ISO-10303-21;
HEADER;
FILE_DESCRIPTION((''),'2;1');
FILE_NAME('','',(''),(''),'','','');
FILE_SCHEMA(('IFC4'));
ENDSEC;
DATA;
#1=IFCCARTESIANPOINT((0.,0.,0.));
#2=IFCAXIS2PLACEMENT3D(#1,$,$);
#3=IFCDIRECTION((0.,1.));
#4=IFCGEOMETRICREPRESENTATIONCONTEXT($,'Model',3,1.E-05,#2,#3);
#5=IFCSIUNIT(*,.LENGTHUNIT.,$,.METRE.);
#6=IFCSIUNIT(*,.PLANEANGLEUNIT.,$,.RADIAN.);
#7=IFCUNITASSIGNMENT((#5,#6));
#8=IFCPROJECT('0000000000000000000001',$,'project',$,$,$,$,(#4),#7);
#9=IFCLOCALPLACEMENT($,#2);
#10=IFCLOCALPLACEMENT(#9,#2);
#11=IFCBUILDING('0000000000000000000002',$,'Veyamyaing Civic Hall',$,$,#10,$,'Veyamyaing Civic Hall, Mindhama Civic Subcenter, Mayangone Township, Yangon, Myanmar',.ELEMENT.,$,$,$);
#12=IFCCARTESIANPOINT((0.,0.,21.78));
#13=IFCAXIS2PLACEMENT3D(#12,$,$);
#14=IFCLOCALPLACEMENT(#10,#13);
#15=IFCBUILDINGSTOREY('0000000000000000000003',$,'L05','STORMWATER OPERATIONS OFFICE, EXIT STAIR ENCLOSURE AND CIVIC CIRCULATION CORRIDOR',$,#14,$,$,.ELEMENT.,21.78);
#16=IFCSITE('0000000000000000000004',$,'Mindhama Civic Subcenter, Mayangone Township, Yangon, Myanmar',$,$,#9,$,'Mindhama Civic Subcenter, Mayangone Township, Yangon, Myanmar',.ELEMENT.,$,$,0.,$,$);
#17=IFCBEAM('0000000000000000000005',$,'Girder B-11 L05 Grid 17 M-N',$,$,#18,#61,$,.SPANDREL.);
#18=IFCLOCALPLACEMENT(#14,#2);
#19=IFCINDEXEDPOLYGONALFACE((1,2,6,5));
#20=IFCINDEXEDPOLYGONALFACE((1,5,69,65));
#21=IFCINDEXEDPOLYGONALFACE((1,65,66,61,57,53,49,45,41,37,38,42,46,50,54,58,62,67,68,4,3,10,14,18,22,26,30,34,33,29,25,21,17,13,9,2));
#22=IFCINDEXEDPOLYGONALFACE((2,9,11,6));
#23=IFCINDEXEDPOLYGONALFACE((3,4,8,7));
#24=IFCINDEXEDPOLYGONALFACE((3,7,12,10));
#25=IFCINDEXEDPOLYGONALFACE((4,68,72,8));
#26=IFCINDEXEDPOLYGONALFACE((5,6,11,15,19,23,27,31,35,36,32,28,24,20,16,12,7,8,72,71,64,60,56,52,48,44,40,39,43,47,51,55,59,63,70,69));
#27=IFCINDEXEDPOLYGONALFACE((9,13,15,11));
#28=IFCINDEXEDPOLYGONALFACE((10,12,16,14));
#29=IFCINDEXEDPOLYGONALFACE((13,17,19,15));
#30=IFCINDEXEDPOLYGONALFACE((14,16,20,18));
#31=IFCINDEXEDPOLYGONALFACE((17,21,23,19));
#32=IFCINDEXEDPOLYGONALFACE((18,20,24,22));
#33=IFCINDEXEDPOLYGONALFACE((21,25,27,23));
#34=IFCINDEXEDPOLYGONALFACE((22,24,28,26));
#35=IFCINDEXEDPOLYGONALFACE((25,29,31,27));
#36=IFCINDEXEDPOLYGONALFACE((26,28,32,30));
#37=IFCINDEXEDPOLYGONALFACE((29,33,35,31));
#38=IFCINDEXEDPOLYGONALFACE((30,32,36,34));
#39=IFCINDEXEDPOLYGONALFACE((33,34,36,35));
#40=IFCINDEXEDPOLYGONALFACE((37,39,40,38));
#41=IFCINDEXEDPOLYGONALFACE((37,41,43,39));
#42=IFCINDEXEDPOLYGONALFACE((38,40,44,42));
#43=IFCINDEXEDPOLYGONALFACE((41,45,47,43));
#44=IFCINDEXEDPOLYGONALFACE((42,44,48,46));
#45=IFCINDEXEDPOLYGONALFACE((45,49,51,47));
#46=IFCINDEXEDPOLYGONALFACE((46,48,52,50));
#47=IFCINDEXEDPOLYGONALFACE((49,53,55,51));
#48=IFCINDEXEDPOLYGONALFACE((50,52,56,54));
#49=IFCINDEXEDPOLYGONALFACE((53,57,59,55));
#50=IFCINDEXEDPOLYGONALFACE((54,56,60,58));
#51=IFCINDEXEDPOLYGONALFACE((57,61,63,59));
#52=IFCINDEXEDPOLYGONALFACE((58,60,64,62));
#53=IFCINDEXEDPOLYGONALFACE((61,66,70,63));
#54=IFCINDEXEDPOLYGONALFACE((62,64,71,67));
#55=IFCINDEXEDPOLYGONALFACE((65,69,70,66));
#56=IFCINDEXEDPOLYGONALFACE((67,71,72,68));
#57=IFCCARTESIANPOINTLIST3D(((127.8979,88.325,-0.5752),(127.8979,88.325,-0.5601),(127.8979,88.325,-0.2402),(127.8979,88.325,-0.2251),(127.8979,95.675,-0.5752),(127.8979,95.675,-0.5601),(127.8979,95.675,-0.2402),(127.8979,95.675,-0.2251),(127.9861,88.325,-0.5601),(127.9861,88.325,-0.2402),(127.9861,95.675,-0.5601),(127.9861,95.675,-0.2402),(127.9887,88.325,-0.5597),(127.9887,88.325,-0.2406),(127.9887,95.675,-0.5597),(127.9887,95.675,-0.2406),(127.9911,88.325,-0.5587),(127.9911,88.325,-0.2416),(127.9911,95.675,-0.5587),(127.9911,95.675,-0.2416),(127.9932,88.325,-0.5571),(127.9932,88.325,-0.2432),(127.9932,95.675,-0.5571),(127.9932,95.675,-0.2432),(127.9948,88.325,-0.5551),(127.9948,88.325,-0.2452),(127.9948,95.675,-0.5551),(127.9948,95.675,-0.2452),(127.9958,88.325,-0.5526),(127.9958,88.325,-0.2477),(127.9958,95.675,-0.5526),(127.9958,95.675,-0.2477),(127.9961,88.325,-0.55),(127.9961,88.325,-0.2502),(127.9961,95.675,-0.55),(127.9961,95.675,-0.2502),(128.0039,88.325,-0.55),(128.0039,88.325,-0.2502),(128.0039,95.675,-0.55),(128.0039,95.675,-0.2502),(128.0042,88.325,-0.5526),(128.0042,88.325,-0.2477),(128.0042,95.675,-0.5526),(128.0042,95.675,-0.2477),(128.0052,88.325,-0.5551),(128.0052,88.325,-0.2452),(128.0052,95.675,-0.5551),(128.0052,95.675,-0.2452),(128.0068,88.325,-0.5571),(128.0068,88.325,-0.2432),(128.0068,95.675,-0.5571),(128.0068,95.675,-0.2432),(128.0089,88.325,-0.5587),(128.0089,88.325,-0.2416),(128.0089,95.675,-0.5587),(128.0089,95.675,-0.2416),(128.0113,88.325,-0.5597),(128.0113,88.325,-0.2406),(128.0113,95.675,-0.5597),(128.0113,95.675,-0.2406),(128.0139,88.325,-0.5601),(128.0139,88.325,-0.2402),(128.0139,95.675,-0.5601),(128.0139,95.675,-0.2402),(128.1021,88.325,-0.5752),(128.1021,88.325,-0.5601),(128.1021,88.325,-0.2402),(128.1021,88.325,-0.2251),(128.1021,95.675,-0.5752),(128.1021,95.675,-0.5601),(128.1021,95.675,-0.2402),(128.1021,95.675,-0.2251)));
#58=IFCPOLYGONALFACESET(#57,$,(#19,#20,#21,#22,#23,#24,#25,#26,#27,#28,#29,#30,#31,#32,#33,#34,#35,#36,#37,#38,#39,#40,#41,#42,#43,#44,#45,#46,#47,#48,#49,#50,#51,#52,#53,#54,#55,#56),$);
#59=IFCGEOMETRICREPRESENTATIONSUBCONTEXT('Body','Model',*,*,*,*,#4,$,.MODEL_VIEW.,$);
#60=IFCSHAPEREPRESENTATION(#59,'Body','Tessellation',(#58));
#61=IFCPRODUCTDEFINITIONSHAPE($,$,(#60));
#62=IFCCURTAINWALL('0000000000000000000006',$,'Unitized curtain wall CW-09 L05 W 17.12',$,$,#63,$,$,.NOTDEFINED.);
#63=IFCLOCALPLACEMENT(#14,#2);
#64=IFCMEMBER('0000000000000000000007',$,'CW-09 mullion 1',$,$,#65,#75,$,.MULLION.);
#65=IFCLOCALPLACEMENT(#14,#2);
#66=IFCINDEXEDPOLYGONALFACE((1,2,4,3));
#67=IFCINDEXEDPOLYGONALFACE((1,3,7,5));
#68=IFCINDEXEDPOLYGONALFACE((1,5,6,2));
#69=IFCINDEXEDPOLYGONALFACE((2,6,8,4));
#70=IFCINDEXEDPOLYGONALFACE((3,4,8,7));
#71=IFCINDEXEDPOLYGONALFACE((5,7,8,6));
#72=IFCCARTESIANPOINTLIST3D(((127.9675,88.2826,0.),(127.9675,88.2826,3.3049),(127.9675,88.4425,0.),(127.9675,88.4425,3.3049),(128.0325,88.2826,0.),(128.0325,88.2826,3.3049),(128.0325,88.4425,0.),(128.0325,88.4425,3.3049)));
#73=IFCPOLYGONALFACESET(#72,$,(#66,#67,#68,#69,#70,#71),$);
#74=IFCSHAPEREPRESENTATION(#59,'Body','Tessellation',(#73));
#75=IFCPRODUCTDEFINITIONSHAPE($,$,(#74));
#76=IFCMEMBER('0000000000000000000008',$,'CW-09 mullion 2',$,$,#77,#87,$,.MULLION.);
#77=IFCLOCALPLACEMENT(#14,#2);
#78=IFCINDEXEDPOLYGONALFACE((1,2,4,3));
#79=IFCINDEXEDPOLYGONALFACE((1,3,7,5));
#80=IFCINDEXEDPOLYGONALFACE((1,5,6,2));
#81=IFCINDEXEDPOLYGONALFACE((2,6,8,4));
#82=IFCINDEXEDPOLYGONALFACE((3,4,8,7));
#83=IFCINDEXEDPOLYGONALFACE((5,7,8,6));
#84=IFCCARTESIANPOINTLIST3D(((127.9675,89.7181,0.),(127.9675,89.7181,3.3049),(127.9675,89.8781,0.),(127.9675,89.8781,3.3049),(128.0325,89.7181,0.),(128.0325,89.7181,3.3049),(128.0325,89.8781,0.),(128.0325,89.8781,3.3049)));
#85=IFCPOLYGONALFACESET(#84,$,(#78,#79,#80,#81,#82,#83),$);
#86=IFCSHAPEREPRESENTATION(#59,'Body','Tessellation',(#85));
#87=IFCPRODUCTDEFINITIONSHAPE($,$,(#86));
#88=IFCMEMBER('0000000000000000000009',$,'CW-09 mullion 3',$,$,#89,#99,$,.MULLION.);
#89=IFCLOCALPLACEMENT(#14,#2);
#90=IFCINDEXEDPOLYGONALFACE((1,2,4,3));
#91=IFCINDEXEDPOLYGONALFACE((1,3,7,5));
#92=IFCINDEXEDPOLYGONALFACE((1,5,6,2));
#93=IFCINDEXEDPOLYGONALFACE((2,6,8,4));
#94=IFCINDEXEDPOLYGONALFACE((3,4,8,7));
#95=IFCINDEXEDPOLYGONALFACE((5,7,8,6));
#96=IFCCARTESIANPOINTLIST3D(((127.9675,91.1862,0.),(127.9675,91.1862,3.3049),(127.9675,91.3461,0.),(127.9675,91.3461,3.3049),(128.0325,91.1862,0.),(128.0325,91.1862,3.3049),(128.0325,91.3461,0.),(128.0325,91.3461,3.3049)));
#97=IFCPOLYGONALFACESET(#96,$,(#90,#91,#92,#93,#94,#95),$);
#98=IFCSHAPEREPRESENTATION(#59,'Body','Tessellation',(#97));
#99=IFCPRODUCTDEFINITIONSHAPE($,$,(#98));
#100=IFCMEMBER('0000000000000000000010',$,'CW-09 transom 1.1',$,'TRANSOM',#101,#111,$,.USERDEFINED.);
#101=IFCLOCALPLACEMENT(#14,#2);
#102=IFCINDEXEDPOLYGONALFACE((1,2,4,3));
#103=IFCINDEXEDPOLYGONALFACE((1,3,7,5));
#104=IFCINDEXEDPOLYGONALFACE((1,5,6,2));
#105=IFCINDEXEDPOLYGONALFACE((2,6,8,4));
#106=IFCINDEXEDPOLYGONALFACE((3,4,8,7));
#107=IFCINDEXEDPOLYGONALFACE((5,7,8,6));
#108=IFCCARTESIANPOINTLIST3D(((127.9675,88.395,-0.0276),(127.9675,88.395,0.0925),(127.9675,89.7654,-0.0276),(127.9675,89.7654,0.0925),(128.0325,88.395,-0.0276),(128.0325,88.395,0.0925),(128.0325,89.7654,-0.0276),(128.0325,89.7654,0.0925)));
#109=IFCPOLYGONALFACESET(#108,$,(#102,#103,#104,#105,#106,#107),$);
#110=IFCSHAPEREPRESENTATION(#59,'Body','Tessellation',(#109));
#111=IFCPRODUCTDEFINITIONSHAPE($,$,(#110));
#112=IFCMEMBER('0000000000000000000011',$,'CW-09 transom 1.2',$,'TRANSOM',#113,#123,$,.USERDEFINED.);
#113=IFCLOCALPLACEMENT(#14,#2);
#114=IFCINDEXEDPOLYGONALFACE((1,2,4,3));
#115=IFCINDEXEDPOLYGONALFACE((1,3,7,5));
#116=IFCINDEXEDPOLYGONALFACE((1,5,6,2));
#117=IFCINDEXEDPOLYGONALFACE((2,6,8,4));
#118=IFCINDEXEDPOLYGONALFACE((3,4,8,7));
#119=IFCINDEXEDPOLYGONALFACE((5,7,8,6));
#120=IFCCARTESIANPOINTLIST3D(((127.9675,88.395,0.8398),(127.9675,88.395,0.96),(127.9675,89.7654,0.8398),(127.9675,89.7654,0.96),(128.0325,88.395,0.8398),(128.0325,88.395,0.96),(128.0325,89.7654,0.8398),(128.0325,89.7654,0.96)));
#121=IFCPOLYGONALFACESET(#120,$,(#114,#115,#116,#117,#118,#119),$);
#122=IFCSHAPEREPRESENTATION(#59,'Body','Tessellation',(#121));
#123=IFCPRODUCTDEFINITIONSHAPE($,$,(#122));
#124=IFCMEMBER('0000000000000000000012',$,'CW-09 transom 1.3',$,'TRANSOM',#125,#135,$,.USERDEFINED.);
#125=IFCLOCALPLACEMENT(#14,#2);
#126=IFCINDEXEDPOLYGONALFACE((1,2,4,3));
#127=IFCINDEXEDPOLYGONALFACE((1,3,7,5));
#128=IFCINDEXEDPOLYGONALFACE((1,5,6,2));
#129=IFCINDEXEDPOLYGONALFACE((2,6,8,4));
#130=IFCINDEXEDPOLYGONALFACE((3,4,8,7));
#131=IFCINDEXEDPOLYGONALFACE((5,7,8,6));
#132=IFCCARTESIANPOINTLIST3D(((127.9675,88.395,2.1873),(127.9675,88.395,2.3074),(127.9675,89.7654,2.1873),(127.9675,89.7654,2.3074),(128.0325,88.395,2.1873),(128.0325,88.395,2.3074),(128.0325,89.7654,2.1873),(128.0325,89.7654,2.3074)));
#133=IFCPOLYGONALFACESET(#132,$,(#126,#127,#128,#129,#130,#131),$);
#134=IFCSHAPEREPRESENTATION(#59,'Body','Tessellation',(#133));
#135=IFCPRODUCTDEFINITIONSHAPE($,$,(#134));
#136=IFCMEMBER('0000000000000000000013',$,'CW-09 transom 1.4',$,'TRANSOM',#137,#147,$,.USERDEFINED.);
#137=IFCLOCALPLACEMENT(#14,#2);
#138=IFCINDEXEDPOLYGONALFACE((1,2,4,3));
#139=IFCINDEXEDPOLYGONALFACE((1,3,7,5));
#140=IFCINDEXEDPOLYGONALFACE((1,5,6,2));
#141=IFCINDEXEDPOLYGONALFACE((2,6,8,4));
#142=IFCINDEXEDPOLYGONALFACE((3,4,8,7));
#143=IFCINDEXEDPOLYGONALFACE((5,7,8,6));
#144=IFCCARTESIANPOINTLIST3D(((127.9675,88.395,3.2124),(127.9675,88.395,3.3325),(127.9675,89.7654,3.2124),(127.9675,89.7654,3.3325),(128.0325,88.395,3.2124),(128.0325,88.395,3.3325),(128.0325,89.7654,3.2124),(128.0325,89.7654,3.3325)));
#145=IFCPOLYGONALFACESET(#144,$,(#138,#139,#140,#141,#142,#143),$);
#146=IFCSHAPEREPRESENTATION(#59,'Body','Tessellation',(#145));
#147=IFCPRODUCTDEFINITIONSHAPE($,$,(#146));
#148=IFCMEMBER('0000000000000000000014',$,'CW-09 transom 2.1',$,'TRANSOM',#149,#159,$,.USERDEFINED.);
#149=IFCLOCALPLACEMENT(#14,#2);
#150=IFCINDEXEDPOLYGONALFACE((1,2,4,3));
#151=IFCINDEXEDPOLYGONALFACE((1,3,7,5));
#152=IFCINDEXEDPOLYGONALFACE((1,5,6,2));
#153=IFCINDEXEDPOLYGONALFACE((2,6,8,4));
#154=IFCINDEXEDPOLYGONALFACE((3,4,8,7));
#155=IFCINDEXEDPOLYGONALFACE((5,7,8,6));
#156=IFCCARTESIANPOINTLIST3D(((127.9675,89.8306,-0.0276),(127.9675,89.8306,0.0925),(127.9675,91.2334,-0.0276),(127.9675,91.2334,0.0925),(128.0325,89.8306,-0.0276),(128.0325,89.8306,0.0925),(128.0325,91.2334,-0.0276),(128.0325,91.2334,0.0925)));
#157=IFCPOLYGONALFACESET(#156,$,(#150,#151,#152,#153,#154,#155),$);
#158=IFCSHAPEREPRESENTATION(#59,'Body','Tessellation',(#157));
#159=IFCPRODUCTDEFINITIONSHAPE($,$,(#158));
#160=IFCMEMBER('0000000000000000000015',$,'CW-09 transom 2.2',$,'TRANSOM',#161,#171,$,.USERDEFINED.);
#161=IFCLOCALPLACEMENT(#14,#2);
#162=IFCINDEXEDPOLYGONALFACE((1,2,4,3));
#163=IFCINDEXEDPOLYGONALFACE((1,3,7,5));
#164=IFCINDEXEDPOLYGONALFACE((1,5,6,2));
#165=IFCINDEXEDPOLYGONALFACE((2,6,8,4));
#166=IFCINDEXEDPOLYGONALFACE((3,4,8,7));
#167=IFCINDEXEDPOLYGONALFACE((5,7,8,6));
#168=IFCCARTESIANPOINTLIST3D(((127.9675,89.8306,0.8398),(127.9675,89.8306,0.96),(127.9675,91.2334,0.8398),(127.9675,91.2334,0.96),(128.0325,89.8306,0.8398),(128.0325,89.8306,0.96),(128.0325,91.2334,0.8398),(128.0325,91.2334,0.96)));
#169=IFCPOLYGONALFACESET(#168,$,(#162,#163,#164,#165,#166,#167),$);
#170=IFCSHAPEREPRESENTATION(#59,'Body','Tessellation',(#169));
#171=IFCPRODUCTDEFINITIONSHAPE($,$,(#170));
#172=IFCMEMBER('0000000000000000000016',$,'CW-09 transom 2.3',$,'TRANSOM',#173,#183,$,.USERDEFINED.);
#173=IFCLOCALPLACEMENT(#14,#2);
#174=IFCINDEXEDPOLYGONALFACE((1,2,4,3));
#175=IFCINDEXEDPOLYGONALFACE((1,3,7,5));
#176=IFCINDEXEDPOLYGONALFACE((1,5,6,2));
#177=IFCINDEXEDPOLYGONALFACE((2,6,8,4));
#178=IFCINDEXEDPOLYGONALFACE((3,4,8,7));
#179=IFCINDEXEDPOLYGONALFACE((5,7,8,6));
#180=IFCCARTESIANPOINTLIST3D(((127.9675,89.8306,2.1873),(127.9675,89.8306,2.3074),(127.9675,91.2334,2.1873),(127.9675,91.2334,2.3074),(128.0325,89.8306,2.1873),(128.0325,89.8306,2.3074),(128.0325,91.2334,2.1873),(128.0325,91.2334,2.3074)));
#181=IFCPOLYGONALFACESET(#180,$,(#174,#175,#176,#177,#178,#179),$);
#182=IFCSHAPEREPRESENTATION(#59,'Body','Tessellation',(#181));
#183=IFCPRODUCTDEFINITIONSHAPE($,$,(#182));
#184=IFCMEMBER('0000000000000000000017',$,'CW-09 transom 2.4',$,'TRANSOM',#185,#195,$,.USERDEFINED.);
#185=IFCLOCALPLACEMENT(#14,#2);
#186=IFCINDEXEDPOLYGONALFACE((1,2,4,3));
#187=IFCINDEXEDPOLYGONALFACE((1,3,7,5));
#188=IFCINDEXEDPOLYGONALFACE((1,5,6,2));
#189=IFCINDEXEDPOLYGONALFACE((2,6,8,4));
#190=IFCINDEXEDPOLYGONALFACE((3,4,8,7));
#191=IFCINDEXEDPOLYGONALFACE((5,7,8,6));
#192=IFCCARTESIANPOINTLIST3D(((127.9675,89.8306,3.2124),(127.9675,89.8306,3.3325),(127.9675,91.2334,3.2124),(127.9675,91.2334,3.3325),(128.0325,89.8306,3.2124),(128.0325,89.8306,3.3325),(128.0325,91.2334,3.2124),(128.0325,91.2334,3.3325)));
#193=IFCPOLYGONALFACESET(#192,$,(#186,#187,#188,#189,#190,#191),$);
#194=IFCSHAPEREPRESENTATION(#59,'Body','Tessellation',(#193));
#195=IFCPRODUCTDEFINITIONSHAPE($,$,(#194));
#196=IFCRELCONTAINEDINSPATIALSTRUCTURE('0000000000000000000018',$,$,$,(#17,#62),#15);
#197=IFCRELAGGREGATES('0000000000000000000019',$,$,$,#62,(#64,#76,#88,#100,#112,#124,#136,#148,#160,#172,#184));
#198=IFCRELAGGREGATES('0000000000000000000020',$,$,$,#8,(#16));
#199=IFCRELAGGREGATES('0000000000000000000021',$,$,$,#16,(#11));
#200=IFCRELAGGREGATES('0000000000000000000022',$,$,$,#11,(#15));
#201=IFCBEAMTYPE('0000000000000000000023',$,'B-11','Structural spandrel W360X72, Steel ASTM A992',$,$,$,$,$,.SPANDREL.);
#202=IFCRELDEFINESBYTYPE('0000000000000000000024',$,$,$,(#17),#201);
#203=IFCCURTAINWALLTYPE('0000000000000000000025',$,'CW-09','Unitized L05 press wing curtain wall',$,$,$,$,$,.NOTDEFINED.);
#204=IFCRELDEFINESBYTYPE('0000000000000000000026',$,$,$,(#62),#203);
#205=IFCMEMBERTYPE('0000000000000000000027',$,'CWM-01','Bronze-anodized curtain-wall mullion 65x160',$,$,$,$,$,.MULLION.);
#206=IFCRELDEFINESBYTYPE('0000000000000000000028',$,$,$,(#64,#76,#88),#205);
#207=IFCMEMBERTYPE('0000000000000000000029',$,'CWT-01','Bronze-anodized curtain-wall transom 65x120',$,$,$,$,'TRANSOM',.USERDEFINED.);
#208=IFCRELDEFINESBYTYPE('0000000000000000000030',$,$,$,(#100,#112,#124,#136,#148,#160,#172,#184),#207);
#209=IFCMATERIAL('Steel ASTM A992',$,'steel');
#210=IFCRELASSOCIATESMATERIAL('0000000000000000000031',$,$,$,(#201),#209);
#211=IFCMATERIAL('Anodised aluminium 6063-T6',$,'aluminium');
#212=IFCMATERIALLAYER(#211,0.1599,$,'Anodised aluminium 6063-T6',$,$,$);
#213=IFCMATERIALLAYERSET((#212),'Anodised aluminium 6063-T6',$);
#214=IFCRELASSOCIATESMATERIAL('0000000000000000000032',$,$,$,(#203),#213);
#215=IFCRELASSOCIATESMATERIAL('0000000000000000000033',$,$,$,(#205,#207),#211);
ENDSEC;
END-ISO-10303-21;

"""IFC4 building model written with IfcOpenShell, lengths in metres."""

from ifc_helpers import new_model, si_unit, direction, frame, origin, origin_2d, place, context, subcontext, project, spatial, rectangle, i_section, extrude, material, layer, layer_set, material_profile, profile_set, type_object, element, aggregate, save


model = new_model("IFC4")

# Units and contexts
model_context = context("Model", 3, precision=1e-05, world=origin(), true_north=direction((0.0, 1.0)))
body_context = subcontext(model_context, "Body", "Model", "MODEL_VIEW")
ifc_project = project(units=[si_unit("LENGTHUNIT", "METRE"), si_unit("PLANEANGLEUNIT", "RADIAN")], contexts=[model_context])

# Site, building, storey
site_placement = place(None, origin())
site = spatial("IfcSite", under=ifc_project, at=site_placement, Name="Mindhama Civic Subcenter, Mayangone Township, Yangon, Myanmar", LongName="Mindhama Civic Subcenter, Mayangone Township, Yangon, Myanmar", CompositionType="ELEMENT", RefElevation=0.0)
building_placement = place(site_placement, origin())
building = spatial("IfcBuilding", under=site, at=building_placement, Name="Veyamyaing Civic Hall", LongName="Veyamyaing Civic Hall, Mindhama Civic Subcenter, Mayangone Township, Yangon, Myanmar", CompositionType="ELEMENT")
storey_placement = place(building_placement, frame((0.0, 0.0, 21.78)))
storey = spatial("IfcBuildingStorey", under=building, at=storey_placement, Name="L05", Description="STORMWATER OPERATIONS OFFICE, EXIT STAIR ENCLOSURE AND CIVIC CIRCULATION CORRIDOR", CompositionType="ELEMENT", Elevation=21.78)

# Beam
ifc_material_1 = material(Name="Steel ASTM A992", Category="steel")
ifc_material_profile_1 = material_profile(ifc_material_1, i_section(OverallWidth=0.2041, OverallDepth=0.3501, WebThickness=0.0078, FlangeThickness=0.0151, FilletRadius=0.01, at=origin_2d()), Name="W360X72")
ifc_profile_set_1 = profile_set([ifc_material_profile_1], Name="Steel ASTM A992")
beam_type = type_object("IfcBeamType", Name="B-11", Description="Structural spandrel W360X72, Steel ASTM A992", PredefinedType="SPANDREL", material=ifc_profile_set_1)
beam_placement = place(storey_placement, frame((128.0, 88.325, -0.4001), z_axis=(0.0, 1.0, 0.0), x_axis=(-1.0, 0.0, 0.0)))
element("IfcBeam", 1, at=beam_placement, inside=storey, type_object=beam_type, Name="Girder B-11 L05 Grid 17 M-N", PredefinedType="SPANDREL", context=body_context, shape_type="SweptSolid", body=[
    extrude(i_section(OverallWidth=0.2041, OverallDepth=0.3501, WebThickness=0.0078, FlangeThickness=0.0151, FilletRadius=0.01, at=origin_2d()), origin(), (0.0, 0.0, 1.0), 7.3501),
])

# Curtain wall, members
ifc_material_2 = material(Name="Anodised aluminium 6063-T6", Category="aluminium")
ifc_layer_1 = layer(ifc_material_2, 0.1599, Name="Anodised aluminium 6063-T6")
ifc_layer_set_1 = layer_set([ifc_layer_1], Name="Anodised aluminium 6063-T6")
curtain_wall_type = type_object("IfcCurtainWallType", Name="CW-09", Description="Unitized L05 press wing curtain wall", PredefinedType="NOTDEFINED", material=ifc_layer_set_1)
curtain_wall_placement = place(storey_placement, origin())
curtain_wall = element("IfcCurtainWall", 2, at=curtain_wall_placement, inside=storey, type_object=curtain_wall_type, Name="Unitized curtain wall CW-09 L05 W 17.12", PredefinedType="NOTDEFINED")
ifc_material_profile_2 = material_profile(ifc_material_2, rectangle(XDim=0.0649, YDim=0.1599, at=origin_2d()), Name="ALU-MUL-65X160")
ifc_profile_set_2 = profile_set([ifc_material_profile_2], Name="Anodised aluminium 6063-T6")
member_type_1 = type_object("IfcMemberType", Name="CWM-01", Description="Bronze-anodized curtain-wall mullion 65x160", PredefinedType="MULLION", material=ifc_profile_set_2)
member_1_placement = place(storey_placement, frame((128.0, 88.3625, 0.0), z_axis=(0.0, 0.0, 1.0), x_axis=(-1.0, 0.0, 0.0)))
member_1 = element("IfcMember", 3, at=member_1_placement, type_object=member_type_1, Name="CW-09 mullion 1", PredefinedType="MULLION", context=body_context, shape_type="SweptSolid", body=[
    extrude(rectangle(XDim=0.0649, YDim=0.1599, at=origin_2d()), origin(), (0.0, 0.0, 1.0), 3.3049),
])
member_2_placement = place(storey_placement, frame((128.0, 89.7981, 0.0), z_axis=(0.0, 0.0, 1.0), x_axis=(-1.0, 0.0, 0.0)))
member_2 = element("IfcMember", 4, at=member_2_placement, type_object=member_type_1, Name="CW-09 mullion 2", PredefinedType="MULLION", context=body_context, shape_type="SweptSolid", body=[
    extrude(rectangle(XDim=0.0649, YDim=0.1599, at=origin_2d()), origin(), (0.0, 0.0, 1.0), 3.3049),
])
member_3_placement = place(storey_placement, frame((128.0, 91.2661, 0.0), z_axis=(0.0, 0.0, 1.0), x_axis=(-1.0, 0.0, 0.0)))
member_3 = element("IfcMember", 5, at=member_3_placement, type_object=member_type_1, Name="CW-09 mullion 3", PredefinedType="MULLION", context=body_context, shape_type="SweptSolid", body=[
    extrude(rectangle(XDim=0.0649, YDim=0.1599, at=origin_2d()), origin(), (0.0, 0.0, 1.0), 3.3049),
])
ifc_material_profile_3 = material_profile(ifc_material_2, rectangle(XDim=0.0649, YDim=0.1201, at=origin_2d()), Name="ALU-TRN-65X120")
ifc_profile_set_3 = profile_set([ifc_material_profile_3], Name="Anodised aluminium 6063-T6")
member_type_2 = type_object("IfcMemberType", Name="CWT-01", Description="Bronze-anodized curtain-wall transom 65x120", ElementType="TRANSOM", PredefinedType="USERDEFINED", material=ifc_profile_set_3)
member_4_placement = place(storey_placement, frame((128.0, 88.395, 0.0325), z_axis=(0.0, 1.0, 0.0), x_axis=(-1.0, 0.0, 0.0)))
member_4 = element("IfcMember", 6, at=member_4_placement, type_object=member_type_2, Name="CW-09 transom 1.1", ObjectType="TRANSOM", PredefinedType="USERDEFINED", context=body_context, shape_type="SweptSolid", body=[
    extrude(rectangle(XDim=0.0649, YDim=0.1201, at=origin_2d()), origin(), (0.0, 0.0, 1.0), 1.3704),
])
member_5_placement = place(storey_placement, frame((128.0, 88.395, 0.8999), z_axis=(0.0, 1.0, 0.0), x_axis=(-1.0, 0.0, 0.0)))
member_5 = element("IfcMember", 7, at=member_5_placement, type_object=member_type_2, Name="CW-09 transom 1.2", ObjectType="TRANSOM", PredefinedType="USERDEFINED", context=body_context, shape_type="SweptSolid", body=[
    extrude(rectangle(XDim=0.0649, YDim=0.1201, at=origin_2d()), origin(), (0.0, 0.0, 1.0), 1.3704),
])
member_6_placement = place(storey_placement, frame((128.0, 88.395, 2.2473), z_axis=(0.0, 1.0, 0.0), x_axis=(-1.0, 0.0, 0.0)))
member_6 = element("IfcMember", 8, at=member_6_placement, type_object=member_type_2, Name="CW-09 transom 1.3", ObjectType="TRANSOM", PredefinedType="USERDEFINED", context=body_context, shape_type="SweptSolid", body=[
    extrude(rectangle(XDim=0.0649, YDim=0.1201, at=origin_2d()), origin(), (0.0, 0.0, 1.0), 1.3704),
])
member_7_placement = place(storey_placement, frame((128.0, 88.395, 3.2725), z_axis=(0.0, 1.0, 0.0), x_axis=(-1.0, 0.0, 0.0)))
member_7 = element("IfcMember", 9, at=member_7_placement, type_object=member_type_2, Name="CW-09 transom 1.4", ObjectType="TRANSOM", PredefinedType="USERDEFINED", context=body_context, shape_type="SweptSolid", body=[
    extrude(rectangle(XDim=0.0649, YDim=0.1201, at=origin_2d()), origin(), (0.0, 0.0, 1.0), 1.3704),
])
member_8_placement = place(storey_placement, frame((128.0, 89.8306, 0.0325), z_axis=(0.0, 1.0, 0.0), x_axis=(-1.0, 0.0, 0.0)))
member_8 = element("IfcMember", 10, at=member_8_placement, type_object=member_type_2, Name="CW-09 transom 2.1", ObjectType="TRANSOM", PredefinedType="USERDEFINED", context=body_context, shape_type="SweptSolid", body=[
    extrude(rectangle(XDim=0.0649, YDim=0.1201, at=origin_2d()), origin(), (0.0, 0.0, 1.0), 1.4028),
])
member_9_placement = place(storey_placement, frame((128.0, 89.8306, 0.8999), z_axis=(0.0, 1.0, 0.0), x_axis=(-1.0, 0.0, 0.0)))
member_9 = element("IfcMember", 11, at=member_9_placement, type_object=member_type_2, Name="CW-09 transom 2.2", ObjectType="TRANSOM", PredefinedType="USERDEFINED", context=body_context, shape_type="SweptSolid", body=[
    extrude(rectangle(XDim=0.0649, YDim=0.1201, at=origin_2d()), origin(), (0.0, 0.0, 1.0), 1.4028),
])
member_10_placement = place(storey_placement, frame((128.0, 89.8306, 2.2473), z_axis=(0.0, 1.0, 0.0), x_axis=(-1.0, 0.0, 0.0)))
member_10 = element("IfcMember", 12, at=member_10_placement, type_object=member_type_2, Name="CW-09 transom 2.3", ObjectType="TRANSOM", PredefinedType="USERDEFINED", context=body_context, shape_type="SweptSolid", body=[
    extrude(rectangle(XDim=0.0649, YDim=0.1201, at=origin_2d()), origin(), (0.0, 0.0, 1.0), 1.4028),
])
member_11_placement = place(storey_placement, frame((128.0, 89.8306, 3.2725), z_axis=(0.0, 1.0, 0.0), x_axis=(-1.0, 0.0, 0.0)))
member_11 = element("IfcMember", 13, at=member_11_placement, type_object=member_type_2, Name="CW-09 transom 2.4", ObjectType="TRANSOM", PredefinedType="USERDEFINED", context=body_context, shape_type="SweptSolid", body=[
    extrude(rectangle(XDim=0.0649, YDim=0.1201, at=origin_2d()), origin(), (0.0, 0.0, 1.0), 1.4028),
])
aggregate(curtain_wall, [member_1, member_2, member_3, member_4, member_5, member_6, member_7, member_8, member_9, member_10, member_11])

save(model, "model.ifc")
